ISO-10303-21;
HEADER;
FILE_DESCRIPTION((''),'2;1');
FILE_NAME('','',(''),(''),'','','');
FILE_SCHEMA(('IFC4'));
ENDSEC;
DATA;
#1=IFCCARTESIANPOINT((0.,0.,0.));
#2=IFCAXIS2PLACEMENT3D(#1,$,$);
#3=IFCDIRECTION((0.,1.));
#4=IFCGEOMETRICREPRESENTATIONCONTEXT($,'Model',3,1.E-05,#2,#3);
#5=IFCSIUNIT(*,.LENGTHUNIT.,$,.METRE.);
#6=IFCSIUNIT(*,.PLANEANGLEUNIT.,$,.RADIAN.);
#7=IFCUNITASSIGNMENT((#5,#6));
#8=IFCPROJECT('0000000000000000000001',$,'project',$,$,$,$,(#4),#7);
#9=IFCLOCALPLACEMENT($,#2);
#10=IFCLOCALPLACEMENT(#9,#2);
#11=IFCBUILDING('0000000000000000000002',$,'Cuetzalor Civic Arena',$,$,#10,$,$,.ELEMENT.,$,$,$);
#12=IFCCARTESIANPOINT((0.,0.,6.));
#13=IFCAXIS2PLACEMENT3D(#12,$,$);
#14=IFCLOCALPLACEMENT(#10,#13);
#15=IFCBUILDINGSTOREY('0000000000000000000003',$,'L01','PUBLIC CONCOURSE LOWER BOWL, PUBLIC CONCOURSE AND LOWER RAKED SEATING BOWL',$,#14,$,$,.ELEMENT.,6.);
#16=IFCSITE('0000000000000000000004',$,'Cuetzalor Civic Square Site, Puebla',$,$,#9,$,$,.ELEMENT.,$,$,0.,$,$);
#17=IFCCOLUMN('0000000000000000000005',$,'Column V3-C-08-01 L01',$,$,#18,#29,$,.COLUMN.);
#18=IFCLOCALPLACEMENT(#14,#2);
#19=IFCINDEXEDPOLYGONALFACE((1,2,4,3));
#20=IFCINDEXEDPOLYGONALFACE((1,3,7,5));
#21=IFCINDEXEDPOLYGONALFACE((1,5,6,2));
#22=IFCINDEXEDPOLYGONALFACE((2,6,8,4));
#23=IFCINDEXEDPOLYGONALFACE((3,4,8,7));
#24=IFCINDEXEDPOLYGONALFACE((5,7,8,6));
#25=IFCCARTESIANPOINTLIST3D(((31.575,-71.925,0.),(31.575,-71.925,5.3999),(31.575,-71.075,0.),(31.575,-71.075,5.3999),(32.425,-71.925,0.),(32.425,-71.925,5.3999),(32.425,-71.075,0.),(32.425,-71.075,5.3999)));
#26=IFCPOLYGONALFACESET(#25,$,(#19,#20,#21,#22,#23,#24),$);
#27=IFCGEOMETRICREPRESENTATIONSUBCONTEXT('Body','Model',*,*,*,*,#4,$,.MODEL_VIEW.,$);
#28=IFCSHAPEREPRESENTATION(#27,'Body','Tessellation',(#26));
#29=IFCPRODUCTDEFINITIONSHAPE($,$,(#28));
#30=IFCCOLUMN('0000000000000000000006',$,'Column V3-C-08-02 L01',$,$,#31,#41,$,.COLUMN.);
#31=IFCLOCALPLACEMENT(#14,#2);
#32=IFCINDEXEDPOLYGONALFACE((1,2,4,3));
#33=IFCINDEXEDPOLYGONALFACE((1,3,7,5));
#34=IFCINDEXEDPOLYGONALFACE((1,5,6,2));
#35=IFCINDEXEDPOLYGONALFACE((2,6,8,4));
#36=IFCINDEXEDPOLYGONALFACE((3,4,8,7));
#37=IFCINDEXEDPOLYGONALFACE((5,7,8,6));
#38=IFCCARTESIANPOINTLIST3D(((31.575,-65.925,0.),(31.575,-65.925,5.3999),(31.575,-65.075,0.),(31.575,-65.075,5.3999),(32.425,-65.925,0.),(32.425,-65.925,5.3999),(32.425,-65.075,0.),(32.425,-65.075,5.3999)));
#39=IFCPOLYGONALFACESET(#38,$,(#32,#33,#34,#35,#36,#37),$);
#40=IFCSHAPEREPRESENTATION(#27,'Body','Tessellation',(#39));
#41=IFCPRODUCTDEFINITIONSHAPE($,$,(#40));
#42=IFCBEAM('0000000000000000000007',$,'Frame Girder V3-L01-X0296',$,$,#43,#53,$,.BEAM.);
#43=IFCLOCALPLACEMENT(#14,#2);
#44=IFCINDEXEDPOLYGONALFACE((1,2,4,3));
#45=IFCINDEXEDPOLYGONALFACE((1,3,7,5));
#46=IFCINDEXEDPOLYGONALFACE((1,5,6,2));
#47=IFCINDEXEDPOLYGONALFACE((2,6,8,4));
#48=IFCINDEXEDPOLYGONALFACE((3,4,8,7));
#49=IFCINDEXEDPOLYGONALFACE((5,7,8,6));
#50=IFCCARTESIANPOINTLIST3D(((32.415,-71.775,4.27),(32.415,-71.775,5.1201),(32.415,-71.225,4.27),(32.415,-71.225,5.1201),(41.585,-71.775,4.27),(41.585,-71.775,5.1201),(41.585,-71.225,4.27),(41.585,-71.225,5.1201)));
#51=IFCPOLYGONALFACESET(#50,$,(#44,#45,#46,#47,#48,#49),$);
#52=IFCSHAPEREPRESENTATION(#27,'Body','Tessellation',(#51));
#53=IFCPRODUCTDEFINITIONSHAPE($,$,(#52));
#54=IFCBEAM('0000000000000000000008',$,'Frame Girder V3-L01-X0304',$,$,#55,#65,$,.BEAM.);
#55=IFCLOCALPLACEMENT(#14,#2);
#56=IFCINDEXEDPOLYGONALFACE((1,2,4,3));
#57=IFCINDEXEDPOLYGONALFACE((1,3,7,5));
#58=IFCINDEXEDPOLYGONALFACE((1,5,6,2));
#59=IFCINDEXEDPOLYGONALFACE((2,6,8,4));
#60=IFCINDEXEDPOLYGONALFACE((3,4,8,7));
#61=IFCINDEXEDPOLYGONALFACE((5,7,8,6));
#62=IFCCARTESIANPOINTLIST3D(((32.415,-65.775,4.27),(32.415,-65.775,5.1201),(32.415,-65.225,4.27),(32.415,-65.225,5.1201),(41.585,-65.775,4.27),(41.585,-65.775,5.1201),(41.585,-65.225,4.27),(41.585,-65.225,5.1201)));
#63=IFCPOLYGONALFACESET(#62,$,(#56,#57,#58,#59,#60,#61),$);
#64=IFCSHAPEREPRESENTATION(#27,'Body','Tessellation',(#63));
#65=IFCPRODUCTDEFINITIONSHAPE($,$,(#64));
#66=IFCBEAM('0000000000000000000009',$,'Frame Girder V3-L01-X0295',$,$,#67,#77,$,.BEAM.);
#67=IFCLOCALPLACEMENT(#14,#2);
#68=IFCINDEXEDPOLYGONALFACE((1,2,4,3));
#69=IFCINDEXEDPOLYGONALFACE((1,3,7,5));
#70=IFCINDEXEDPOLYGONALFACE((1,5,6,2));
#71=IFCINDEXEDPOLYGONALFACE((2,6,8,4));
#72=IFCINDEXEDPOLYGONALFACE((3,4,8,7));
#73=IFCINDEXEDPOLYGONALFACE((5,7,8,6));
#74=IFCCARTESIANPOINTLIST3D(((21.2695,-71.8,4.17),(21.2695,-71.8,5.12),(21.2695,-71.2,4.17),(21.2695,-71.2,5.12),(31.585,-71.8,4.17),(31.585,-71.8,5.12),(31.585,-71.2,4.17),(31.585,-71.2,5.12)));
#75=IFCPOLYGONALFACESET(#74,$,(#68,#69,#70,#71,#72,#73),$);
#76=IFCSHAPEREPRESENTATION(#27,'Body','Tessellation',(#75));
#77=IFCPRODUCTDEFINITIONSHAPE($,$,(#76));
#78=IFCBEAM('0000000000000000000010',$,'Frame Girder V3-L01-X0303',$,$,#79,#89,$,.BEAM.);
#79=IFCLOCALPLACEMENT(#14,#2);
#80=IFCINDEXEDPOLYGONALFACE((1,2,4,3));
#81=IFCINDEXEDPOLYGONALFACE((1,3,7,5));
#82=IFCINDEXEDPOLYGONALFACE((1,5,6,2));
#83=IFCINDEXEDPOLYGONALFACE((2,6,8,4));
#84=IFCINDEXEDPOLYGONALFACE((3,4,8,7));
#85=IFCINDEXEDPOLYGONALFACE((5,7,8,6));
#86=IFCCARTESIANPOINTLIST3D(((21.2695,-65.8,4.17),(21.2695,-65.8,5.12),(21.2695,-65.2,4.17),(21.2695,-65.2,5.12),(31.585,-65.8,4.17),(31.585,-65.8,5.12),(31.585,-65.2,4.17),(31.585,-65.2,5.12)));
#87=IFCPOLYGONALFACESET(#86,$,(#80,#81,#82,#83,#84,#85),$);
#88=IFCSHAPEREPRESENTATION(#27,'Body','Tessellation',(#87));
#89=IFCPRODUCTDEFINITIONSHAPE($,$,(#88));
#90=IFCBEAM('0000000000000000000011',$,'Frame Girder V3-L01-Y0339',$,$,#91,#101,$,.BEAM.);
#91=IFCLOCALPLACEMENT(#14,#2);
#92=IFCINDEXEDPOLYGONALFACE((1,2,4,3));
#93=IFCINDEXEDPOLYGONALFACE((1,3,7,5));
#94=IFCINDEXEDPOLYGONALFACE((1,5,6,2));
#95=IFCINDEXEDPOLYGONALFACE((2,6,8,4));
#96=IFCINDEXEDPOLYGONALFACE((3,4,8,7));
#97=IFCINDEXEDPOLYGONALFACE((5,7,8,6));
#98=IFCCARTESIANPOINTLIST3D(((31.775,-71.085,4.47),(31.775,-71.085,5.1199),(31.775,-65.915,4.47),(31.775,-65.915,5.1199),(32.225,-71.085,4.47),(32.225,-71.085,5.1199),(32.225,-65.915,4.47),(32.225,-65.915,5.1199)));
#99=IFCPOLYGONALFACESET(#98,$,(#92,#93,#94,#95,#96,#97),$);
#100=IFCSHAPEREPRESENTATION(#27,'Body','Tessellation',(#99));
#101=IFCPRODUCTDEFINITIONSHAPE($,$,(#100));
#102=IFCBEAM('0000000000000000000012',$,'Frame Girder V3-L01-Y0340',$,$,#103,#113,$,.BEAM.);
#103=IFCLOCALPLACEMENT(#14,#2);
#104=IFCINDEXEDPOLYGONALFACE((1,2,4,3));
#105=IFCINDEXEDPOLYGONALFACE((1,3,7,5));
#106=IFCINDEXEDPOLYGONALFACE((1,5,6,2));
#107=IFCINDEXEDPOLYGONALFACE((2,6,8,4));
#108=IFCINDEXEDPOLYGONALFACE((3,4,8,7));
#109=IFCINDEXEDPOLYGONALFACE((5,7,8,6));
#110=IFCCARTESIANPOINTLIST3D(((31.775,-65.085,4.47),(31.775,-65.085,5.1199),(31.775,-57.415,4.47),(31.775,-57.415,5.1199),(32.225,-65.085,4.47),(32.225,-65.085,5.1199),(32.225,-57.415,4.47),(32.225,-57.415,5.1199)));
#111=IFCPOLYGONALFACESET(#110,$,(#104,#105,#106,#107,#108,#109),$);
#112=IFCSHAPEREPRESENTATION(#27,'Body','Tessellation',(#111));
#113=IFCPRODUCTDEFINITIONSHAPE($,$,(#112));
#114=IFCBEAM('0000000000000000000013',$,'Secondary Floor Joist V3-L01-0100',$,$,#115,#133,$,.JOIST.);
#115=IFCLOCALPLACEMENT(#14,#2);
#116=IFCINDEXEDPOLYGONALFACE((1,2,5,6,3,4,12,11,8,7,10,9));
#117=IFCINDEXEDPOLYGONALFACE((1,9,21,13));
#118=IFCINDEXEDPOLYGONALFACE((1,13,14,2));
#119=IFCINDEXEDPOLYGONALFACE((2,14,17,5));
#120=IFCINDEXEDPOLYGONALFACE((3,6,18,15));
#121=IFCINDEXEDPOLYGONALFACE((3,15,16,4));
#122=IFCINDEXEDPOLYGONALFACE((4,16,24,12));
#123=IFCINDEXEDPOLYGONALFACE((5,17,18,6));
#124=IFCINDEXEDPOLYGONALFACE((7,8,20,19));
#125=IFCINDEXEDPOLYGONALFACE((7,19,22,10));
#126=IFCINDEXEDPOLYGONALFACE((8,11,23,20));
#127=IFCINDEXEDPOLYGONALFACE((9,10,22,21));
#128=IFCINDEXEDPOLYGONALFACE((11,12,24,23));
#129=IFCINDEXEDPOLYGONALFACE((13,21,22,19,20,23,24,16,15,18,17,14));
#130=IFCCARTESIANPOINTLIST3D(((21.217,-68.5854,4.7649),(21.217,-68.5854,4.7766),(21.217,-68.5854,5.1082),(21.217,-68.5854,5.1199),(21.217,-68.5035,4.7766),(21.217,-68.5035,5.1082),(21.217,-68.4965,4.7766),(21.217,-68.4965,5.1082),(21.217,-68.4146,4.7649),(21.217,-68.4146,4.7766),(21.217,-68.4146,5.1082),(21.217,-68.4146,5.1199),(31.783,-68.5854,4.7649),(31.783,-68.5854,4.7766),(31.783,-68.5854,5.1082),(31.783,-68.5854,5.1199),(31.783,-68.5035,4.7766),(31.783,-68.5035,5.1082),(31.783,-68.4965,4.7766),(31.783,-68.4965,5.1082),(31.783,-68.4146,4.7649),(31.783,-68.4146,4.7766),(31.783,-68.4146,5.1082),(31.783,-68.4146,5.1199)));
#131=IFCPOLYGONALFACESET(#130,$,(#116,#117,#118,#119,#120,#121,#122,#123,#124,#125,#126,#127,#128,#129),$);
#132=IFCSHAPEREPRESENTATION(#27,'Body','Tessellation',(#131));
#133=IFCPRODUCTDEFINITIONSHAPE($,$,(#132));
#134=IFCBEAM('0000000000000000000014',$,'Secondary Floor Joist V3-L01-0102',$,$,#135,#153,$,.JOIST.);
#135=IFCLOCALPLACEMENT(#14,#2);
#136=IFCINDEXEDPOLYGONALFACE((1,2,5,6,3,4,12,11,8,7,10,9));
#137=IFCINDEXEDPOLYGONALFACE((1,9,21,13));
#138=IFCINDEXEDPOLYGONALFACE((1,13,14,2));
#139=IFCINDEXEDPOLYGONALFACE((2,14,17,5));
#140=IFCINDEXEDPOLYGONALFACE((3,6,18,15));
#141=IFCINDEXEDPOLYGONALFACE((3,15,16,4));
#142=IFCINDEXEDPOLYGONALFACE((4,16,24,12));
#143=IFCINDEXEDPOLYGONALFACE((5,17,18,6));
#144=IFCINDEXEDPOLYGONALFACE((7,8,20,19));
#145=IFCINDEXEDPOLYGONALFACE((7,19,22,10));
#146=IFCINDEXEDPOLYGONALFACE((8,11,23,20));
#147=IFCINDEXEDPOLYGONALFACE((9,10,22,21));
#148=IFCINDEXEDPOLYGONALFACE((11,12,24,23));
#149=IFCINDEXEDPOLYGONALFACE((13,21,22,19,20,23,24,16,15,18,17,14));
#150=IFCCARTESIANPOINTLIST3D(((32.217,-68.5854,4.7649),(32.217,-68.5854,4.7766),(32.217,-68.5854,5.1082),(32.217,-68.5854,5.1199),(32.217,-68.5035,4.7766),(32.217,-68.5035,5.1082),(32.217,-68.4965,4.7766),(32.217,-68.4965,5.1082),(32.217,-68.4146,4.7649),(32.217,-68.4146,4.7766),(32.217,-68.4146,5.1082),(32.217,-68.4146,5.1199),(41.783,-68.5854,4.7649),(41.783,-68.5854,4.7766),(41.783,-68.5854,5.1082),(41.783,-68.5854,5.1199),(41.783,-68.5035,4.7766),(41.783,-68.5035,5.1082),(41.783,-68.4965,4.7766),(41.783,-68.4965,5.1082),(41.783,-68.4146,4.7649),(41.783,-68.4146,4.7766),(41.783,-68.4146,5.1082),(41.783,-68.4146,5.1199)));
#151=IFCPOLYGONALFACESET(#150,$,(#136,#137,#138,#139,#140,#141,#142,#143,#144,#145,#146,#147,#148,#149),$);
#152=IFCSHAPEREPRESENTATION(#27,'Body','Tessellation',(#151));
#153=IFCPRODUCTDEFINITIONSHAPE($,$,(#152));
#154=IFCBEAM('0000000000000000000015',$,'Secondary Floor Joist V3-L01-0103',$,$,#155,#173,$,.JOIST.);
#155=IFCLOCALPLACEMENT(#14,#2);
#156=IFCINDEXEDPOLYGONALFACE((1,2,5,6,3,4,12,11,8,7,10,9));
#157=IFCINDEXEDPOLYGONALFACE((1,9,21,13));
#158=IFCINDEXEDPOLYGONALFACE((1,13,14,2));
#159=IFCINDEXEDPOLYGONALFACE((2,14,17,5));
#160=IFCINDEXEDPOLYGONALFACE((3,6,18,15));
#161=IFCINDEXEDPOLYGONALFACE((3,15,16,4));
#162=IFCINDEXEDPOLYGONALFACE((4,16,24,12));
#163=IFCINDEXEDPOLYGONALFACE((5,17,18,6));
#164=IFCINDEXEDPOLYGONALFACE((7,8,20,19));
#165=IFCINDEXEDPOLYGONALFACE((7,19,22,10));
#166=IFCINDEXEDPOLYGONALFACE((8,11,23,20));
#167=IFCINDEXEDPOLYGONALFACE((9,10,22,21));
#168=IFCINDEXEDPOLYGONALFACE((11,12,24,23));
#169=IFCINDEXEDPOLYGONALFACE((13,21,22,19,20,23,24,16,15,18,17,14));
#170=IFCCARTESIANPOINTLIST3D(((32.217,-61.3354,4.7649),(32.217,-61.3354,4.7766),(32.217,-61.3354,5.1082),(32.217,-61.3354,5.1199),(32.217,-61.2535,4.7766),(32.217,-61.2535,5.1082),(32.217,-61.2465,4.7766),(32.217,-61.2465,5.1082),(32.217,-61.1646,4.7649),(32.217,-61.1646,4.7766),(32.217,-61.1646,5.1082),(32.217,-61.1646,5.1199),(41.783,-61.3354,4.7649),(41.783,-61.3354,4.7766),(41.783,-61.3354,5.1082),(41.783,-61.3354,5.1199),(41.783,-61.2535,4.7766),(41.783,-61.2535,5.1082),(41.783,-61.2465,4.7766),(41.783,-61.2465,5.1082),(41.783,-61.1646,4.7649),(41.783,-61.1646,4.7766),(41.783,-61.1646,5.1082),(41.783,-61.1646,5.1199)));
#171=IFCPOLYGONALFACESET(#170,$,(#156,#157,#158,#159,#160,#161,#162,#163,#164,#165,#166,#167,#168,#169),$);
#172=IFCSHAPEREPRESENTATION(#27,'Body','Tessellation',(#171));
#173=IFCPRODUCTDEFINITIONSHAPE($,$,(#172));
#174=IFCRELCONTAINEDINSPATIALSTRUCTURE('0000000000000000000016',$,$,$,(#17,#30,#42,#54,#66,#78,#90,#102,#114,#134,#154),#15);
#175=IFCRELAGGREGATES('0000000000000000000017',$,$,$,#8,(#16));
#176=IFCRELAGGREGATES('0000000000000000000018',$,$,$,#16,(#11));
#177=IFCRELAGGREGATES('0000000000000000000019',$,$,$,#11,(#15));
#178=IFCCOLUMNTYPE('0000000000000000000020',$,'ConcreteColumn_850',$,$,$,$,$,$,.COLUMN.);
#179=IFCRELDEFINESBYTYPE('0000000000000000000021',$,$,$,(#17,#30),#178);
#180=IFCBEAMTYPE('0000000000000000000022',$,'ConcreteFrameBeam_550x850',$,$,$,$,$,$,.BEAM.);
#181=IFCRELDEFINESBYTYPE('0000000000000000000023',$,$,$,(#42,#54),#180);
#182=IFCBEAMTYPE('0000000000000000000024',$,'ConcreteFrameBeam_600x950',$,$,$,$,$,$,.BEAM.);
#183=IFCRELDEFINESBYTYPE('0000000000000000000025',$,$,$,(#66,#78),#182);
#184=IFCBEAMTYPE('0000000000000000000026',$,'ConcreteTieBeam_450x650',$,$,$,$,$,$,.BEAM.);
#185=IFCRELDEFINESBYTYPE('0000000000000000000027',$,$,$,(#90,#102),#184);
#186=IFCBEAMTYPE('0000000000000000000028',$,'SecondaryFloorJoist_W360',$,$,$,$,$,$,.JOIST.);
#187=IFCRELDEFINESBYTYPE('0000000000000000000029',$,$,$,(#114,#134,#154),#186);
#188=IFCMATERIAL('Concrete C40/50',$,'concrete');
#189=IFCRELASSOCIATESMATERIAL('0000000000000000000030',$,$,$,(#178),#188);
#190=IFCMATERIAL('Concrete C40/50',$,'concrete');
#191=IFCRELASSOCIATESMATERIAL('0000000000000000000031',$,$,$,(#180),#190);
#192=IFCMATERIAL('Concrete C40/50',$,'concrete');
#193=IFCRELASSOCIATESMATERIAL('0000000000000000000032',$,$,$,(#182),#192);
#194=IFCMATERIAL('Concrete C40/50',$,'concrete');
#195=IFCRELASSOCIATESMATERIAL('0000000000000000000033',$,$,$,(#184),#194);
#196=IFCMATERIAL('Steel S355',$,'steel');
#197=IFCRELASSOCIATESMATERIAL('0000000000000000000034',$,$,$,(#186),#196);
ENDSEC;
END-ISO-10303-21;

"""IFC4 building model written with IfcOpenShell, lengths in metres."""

from ifc_helpers import new_model, si_unit, direction, frame, origin, origin_2d, place, context, subcontext, project, spatial, rectangle, i_section, extrude, material, material_profile, profile_set, type_object, element, save


model = new_model("IFC4")

# Units and contexts
model_context = context("Model", 3, precision=1e-05, world=origin(), true_north=direction((0.0, 1.0)))
body_context = subcontext(model_context, "Body", "Model", "MODEL_VIEW")
ifc_project = project(units=[si_unit("LENGTHUNIT", "METRE"), si_unit("PLANEANGLEUNIT", "RADIAN")], contexts=[model_context])

# Site, building, storey
site_placement = place(None, origin())
site = spatial("IfcSite", under=ifc_project, at=site_placement, Name="Cuetzalor Civic Square Site, Puebla", CompositionType="ELEMENT", RefElevation=0.0)
building_placement = place(site_placement, origin())
building = spatial("IfcBuilding", under=site, at=building_placement, Name="Cuetzalor Civic Arena", CompositionType="ELEMENT")
storey_placement = place(building_placement, frame((0.0, 0.0, 6.0)))
storey = spatial("IfcBuildingStorey", under=building, at=storey_placement, Name="L01", Description="PUBLIC CONCOURSE LOWER BOWL, PUBLIC CONCOURSE AND LOWER RAKED SEATING BOWL", CompositionType="ELEMENT", Elevation=6.0)

# Columns
ifc_material_1 = material(Name="Concrete C40/50", Category="concrete")
ifc_material_profile_1 = material_profile(ifc_material_1, rectangle(XDim=0.8501, YDim=0.8501, at=origin_2d()), Name="RC 850x850")
ifc_profile_set_1 = profile_set([ifc_material_profile_1], Name="Concrete C40/50")
column_type = type_object("IfcColumnType", Name="ConcreteColumn_850", PredefinedType="COLUMN", material=ifc_profile_set_1)
for number, where, z_axis, x_axis, name in (
    (1, (32.0, -71.5, 0.0), (0.0, 0.0, 1.0), (1.0, 0.0, 0.0), "Column V3-C-08-01 L01"),
    (2, (32.0, -65.5, 0.0), (0.0, 0.0, 1.0), (1.0, 0.0, 0.0), "Column V3-C-08-02 L01"),
):
    element("IfcColumn", number, at=place(storey_placement, frame(where, z_axis=z_axis, x_axis=x_axis)), inside=storey, type_object=column_type, Name=name, PredefinedType="COLUMN", context=body_context, shape_type="SweptSolid", body=[
        extrude(rectangle(XDim=0.8501, YDim=0.8501, at=origin_2d()), origin(), (0.0, 0.0, 1.0), 5.3999),
    ])

# Beams
ifc_material_2 = material(Name="Concrete C40/50", Category="concrete")
ifc_material_profile_2 = material_profile(ifc_material_2, rectangle(XDim=0.55, YDim=0.8501, at=origin_2d()), Name="RC 550x850")
ifc_profile_set_2 = profile_set([ifc_material_profile_2], Name="Concrete C40/50")
beam_type_1 = type_object("IfcBeamType", Name="ConcreteFrameBeam_550x850", PredefinedType="BEAM", material=ifc_profile_set_2)
for number, where, z_axis, x_axis, name in (
    (3, (32.415, -71.5, 4.6951), (1.0, 0.0, 0.0), (0.0, 1.0, 0.0), "Frame Girder V3-L01-X0296"),
    (4, (32.415, -65.5, 4.6951), (1.0, 0.0, 0.0), (0.0, 1.0, 0.0), "Frame Girder V3-L01-X0304"),
):
    element("IfcBeam", number, at=place(storey_placement, frame(where, z_axis=z_axis, x_axis=x_axis)), inside=storey, type_object=beam_type_1, Name=name, PredefinedType="BEAM", context=body_context, shape_type="SweptSolid", body=[
        extrude(rectangle(XDim=0.55, YDim=0.8501, at=origin_2d()), origin(), (0.0, 0.0, 1.0), 9.1699),
    ])
ifc_material_3 = material(Name="Concrete C40/50", Category="concrete")
ifc_material_profile_3 = material_profile(ifc_material_3, rectangle(XDim=0.6001, YDim=0.95, at=origin_2d()), Name="RC 600x950")
ifc_profile_set_3 = profile_set([ifc_material_profile_3], Name="Concrete C40/50")
beam_type_2 = type_object("IfcBeamType", Name="ConcreteFrameBeam_600x950", PredefinedType="BEAM", material=ifc_profile_set_3)
for number, where, z_axis, x_axis, name in (
    (5, (21.2695, -71.5, 4.645), (1.0, 0.0, 0.0), (0.0, 1.0, 0.0), "Frame Girder V3-L01-X0295"),
    (6, (21.2695, -65.5, 4.645), (1.0, 0.0, 0.0), (0.0, 1.0, 0.0), "Frame Girder V3-L01-X0303"),
):
    element("IfcBeam", number, at=place(storey_placement, frame(where, z_axis=z_axis, x_axis=x_axis)), inside=storey, type_object=beam_type_2, Name=name, PredefinedType="BEAM", context=body_context, shape_type="SweptSolid", body=[
        extrude(rectangle(XDim=0.6001, YDim=0.95, at=origin_2d()), origin(), (0.0, 0.0, 1.0), 10.3154),
    ])
ifc_material_4 = material(Name="Concrete C40/50", Category="concrete")
ifc_material_profile_4 = material_profile(ifc_material_4, rectangle(XDim=0.45, YDim=0.6499, at=origin_2d()), Name="RC 450x650")
ifc_profile_set_4 = profile_set([ifc_material_profile_4], Name="Concrete C40/50")
beam_type_3 = type_object("IfcBeamType", Name="ConcreteTieBeam_450x650", PredefinedType="BEAM", material=ifc_profile_set_4)
beam_1_placement = place(storey_placement, frame((32.0, -71.085, 4.7949), z_axis=(0.0, 1.0, 0.0), x_axis=(-1.0, 0.0, 0.0)))
element("IfcBeam", 7, at=beam_1_placement, inside=storey, type_object=beam_type_3, Name="Frame Girder V3-L01-Y0339", PredefinedType="BEAM", context=body_context, shape_type="SweptSolid", body=[
    extrude(rectangle(XDim=0.45, YDim=0.6499, at=origin_2d()), origin(), (0.0, 0.0, 1.0), 5.1699),
])
beam_2_placement = place(storey_placement, frame((32.0, -65.085, 4.7949), z_axis=(0.0, 1.0, 0.0), x_axis=(-1.0, 0.0, 0.0)))
element("IfcBeam", 8, at=beam_2_placement, inside=storey, type_object=beam_type_3, Name="Frame Girder V3-L01-Y0340", PredefinedType="BEAM", context=body_context, shape_type="SweptSolid", body=[
    extrude(rectangle(XDim=0.45, YDim=0.6499, at=origin_2d()), origin(), (0.0, 0.0, 1.0), 7.6699),
])
ifc_material_5 = material(Name="Steel S355", Category="steel")
ifc_material_profile_5 = material_profile(ifc_material_5, i_section(OverallWidth=0.1709, OverallDepth=0.355, WebThickness=0.0071, FlangeThickness=0.0117, at=origin_2d()), Name="W360x51")
ifc_profile_set_5 = profile_set([ifc_material_profile_5], Name="Steel S355")
beam_type_4 = type_object("IfcBeamType", Name="SecondaryFloorJoist_W360", PredefinedType="JOIST", material=ifc_profile_set_5)
beam_3_placement = place(storey_placement, frame((21.217, -68.5, 4.9424), z_axis=(1.0, 0.0, 0.0), x_axis=(0.0, 1.0, 0.0)))
element("IfcBeam", 9, at=beam_3_placement, inside=storey, type_object=beam_type_4, Name="Secondary Floor Joist V3-L01-0100", PredefinedType="JOIST", context=body_context, shape_type="SweptSolid", body=[
    extrude(i_section(OverallWidth=0.1709, OverallDepth=0.355, WebThickness=0.0071, FlangeThickness=0.0117, at=origin_2d()), origin(), (0.0, 0.0, 1.0), 10.5659),
])
for number, where, z_axis, x_axis, name in (
    (10, (32.217, -68.5, 4.9424), (1.0, 0.0, 0.0), (0.0, 1.0, 0.0), "Secondary Floor Joist V3-L01-0102"),
    (11, (32.217, -61.25, 4.9424), (1.0, 0.0, 0.0), (0.0, 1.0, 0.0), "Secondary Floor Joist V3-L01-0103"),
):
    element("IfcBeam", number, at=place(storey_placement, frame(where, z_axis=z_axis, x_axis=x_axis)), inside=storey, type_object=beam_type_4, Name=name, PredefinedType="JOIST", context=body_context, shape_type="SweptSolid", body=[
        extrude(i_section(OverallWidth=0.1709, OverallDepth=0.355, WebThickness=0.0071, FlangeThickness=0.0117, at=origin_2d()), origin(), (0.0, 0.0, 1.0), 9.5659),
    ])

save(model, "model.ifc")
